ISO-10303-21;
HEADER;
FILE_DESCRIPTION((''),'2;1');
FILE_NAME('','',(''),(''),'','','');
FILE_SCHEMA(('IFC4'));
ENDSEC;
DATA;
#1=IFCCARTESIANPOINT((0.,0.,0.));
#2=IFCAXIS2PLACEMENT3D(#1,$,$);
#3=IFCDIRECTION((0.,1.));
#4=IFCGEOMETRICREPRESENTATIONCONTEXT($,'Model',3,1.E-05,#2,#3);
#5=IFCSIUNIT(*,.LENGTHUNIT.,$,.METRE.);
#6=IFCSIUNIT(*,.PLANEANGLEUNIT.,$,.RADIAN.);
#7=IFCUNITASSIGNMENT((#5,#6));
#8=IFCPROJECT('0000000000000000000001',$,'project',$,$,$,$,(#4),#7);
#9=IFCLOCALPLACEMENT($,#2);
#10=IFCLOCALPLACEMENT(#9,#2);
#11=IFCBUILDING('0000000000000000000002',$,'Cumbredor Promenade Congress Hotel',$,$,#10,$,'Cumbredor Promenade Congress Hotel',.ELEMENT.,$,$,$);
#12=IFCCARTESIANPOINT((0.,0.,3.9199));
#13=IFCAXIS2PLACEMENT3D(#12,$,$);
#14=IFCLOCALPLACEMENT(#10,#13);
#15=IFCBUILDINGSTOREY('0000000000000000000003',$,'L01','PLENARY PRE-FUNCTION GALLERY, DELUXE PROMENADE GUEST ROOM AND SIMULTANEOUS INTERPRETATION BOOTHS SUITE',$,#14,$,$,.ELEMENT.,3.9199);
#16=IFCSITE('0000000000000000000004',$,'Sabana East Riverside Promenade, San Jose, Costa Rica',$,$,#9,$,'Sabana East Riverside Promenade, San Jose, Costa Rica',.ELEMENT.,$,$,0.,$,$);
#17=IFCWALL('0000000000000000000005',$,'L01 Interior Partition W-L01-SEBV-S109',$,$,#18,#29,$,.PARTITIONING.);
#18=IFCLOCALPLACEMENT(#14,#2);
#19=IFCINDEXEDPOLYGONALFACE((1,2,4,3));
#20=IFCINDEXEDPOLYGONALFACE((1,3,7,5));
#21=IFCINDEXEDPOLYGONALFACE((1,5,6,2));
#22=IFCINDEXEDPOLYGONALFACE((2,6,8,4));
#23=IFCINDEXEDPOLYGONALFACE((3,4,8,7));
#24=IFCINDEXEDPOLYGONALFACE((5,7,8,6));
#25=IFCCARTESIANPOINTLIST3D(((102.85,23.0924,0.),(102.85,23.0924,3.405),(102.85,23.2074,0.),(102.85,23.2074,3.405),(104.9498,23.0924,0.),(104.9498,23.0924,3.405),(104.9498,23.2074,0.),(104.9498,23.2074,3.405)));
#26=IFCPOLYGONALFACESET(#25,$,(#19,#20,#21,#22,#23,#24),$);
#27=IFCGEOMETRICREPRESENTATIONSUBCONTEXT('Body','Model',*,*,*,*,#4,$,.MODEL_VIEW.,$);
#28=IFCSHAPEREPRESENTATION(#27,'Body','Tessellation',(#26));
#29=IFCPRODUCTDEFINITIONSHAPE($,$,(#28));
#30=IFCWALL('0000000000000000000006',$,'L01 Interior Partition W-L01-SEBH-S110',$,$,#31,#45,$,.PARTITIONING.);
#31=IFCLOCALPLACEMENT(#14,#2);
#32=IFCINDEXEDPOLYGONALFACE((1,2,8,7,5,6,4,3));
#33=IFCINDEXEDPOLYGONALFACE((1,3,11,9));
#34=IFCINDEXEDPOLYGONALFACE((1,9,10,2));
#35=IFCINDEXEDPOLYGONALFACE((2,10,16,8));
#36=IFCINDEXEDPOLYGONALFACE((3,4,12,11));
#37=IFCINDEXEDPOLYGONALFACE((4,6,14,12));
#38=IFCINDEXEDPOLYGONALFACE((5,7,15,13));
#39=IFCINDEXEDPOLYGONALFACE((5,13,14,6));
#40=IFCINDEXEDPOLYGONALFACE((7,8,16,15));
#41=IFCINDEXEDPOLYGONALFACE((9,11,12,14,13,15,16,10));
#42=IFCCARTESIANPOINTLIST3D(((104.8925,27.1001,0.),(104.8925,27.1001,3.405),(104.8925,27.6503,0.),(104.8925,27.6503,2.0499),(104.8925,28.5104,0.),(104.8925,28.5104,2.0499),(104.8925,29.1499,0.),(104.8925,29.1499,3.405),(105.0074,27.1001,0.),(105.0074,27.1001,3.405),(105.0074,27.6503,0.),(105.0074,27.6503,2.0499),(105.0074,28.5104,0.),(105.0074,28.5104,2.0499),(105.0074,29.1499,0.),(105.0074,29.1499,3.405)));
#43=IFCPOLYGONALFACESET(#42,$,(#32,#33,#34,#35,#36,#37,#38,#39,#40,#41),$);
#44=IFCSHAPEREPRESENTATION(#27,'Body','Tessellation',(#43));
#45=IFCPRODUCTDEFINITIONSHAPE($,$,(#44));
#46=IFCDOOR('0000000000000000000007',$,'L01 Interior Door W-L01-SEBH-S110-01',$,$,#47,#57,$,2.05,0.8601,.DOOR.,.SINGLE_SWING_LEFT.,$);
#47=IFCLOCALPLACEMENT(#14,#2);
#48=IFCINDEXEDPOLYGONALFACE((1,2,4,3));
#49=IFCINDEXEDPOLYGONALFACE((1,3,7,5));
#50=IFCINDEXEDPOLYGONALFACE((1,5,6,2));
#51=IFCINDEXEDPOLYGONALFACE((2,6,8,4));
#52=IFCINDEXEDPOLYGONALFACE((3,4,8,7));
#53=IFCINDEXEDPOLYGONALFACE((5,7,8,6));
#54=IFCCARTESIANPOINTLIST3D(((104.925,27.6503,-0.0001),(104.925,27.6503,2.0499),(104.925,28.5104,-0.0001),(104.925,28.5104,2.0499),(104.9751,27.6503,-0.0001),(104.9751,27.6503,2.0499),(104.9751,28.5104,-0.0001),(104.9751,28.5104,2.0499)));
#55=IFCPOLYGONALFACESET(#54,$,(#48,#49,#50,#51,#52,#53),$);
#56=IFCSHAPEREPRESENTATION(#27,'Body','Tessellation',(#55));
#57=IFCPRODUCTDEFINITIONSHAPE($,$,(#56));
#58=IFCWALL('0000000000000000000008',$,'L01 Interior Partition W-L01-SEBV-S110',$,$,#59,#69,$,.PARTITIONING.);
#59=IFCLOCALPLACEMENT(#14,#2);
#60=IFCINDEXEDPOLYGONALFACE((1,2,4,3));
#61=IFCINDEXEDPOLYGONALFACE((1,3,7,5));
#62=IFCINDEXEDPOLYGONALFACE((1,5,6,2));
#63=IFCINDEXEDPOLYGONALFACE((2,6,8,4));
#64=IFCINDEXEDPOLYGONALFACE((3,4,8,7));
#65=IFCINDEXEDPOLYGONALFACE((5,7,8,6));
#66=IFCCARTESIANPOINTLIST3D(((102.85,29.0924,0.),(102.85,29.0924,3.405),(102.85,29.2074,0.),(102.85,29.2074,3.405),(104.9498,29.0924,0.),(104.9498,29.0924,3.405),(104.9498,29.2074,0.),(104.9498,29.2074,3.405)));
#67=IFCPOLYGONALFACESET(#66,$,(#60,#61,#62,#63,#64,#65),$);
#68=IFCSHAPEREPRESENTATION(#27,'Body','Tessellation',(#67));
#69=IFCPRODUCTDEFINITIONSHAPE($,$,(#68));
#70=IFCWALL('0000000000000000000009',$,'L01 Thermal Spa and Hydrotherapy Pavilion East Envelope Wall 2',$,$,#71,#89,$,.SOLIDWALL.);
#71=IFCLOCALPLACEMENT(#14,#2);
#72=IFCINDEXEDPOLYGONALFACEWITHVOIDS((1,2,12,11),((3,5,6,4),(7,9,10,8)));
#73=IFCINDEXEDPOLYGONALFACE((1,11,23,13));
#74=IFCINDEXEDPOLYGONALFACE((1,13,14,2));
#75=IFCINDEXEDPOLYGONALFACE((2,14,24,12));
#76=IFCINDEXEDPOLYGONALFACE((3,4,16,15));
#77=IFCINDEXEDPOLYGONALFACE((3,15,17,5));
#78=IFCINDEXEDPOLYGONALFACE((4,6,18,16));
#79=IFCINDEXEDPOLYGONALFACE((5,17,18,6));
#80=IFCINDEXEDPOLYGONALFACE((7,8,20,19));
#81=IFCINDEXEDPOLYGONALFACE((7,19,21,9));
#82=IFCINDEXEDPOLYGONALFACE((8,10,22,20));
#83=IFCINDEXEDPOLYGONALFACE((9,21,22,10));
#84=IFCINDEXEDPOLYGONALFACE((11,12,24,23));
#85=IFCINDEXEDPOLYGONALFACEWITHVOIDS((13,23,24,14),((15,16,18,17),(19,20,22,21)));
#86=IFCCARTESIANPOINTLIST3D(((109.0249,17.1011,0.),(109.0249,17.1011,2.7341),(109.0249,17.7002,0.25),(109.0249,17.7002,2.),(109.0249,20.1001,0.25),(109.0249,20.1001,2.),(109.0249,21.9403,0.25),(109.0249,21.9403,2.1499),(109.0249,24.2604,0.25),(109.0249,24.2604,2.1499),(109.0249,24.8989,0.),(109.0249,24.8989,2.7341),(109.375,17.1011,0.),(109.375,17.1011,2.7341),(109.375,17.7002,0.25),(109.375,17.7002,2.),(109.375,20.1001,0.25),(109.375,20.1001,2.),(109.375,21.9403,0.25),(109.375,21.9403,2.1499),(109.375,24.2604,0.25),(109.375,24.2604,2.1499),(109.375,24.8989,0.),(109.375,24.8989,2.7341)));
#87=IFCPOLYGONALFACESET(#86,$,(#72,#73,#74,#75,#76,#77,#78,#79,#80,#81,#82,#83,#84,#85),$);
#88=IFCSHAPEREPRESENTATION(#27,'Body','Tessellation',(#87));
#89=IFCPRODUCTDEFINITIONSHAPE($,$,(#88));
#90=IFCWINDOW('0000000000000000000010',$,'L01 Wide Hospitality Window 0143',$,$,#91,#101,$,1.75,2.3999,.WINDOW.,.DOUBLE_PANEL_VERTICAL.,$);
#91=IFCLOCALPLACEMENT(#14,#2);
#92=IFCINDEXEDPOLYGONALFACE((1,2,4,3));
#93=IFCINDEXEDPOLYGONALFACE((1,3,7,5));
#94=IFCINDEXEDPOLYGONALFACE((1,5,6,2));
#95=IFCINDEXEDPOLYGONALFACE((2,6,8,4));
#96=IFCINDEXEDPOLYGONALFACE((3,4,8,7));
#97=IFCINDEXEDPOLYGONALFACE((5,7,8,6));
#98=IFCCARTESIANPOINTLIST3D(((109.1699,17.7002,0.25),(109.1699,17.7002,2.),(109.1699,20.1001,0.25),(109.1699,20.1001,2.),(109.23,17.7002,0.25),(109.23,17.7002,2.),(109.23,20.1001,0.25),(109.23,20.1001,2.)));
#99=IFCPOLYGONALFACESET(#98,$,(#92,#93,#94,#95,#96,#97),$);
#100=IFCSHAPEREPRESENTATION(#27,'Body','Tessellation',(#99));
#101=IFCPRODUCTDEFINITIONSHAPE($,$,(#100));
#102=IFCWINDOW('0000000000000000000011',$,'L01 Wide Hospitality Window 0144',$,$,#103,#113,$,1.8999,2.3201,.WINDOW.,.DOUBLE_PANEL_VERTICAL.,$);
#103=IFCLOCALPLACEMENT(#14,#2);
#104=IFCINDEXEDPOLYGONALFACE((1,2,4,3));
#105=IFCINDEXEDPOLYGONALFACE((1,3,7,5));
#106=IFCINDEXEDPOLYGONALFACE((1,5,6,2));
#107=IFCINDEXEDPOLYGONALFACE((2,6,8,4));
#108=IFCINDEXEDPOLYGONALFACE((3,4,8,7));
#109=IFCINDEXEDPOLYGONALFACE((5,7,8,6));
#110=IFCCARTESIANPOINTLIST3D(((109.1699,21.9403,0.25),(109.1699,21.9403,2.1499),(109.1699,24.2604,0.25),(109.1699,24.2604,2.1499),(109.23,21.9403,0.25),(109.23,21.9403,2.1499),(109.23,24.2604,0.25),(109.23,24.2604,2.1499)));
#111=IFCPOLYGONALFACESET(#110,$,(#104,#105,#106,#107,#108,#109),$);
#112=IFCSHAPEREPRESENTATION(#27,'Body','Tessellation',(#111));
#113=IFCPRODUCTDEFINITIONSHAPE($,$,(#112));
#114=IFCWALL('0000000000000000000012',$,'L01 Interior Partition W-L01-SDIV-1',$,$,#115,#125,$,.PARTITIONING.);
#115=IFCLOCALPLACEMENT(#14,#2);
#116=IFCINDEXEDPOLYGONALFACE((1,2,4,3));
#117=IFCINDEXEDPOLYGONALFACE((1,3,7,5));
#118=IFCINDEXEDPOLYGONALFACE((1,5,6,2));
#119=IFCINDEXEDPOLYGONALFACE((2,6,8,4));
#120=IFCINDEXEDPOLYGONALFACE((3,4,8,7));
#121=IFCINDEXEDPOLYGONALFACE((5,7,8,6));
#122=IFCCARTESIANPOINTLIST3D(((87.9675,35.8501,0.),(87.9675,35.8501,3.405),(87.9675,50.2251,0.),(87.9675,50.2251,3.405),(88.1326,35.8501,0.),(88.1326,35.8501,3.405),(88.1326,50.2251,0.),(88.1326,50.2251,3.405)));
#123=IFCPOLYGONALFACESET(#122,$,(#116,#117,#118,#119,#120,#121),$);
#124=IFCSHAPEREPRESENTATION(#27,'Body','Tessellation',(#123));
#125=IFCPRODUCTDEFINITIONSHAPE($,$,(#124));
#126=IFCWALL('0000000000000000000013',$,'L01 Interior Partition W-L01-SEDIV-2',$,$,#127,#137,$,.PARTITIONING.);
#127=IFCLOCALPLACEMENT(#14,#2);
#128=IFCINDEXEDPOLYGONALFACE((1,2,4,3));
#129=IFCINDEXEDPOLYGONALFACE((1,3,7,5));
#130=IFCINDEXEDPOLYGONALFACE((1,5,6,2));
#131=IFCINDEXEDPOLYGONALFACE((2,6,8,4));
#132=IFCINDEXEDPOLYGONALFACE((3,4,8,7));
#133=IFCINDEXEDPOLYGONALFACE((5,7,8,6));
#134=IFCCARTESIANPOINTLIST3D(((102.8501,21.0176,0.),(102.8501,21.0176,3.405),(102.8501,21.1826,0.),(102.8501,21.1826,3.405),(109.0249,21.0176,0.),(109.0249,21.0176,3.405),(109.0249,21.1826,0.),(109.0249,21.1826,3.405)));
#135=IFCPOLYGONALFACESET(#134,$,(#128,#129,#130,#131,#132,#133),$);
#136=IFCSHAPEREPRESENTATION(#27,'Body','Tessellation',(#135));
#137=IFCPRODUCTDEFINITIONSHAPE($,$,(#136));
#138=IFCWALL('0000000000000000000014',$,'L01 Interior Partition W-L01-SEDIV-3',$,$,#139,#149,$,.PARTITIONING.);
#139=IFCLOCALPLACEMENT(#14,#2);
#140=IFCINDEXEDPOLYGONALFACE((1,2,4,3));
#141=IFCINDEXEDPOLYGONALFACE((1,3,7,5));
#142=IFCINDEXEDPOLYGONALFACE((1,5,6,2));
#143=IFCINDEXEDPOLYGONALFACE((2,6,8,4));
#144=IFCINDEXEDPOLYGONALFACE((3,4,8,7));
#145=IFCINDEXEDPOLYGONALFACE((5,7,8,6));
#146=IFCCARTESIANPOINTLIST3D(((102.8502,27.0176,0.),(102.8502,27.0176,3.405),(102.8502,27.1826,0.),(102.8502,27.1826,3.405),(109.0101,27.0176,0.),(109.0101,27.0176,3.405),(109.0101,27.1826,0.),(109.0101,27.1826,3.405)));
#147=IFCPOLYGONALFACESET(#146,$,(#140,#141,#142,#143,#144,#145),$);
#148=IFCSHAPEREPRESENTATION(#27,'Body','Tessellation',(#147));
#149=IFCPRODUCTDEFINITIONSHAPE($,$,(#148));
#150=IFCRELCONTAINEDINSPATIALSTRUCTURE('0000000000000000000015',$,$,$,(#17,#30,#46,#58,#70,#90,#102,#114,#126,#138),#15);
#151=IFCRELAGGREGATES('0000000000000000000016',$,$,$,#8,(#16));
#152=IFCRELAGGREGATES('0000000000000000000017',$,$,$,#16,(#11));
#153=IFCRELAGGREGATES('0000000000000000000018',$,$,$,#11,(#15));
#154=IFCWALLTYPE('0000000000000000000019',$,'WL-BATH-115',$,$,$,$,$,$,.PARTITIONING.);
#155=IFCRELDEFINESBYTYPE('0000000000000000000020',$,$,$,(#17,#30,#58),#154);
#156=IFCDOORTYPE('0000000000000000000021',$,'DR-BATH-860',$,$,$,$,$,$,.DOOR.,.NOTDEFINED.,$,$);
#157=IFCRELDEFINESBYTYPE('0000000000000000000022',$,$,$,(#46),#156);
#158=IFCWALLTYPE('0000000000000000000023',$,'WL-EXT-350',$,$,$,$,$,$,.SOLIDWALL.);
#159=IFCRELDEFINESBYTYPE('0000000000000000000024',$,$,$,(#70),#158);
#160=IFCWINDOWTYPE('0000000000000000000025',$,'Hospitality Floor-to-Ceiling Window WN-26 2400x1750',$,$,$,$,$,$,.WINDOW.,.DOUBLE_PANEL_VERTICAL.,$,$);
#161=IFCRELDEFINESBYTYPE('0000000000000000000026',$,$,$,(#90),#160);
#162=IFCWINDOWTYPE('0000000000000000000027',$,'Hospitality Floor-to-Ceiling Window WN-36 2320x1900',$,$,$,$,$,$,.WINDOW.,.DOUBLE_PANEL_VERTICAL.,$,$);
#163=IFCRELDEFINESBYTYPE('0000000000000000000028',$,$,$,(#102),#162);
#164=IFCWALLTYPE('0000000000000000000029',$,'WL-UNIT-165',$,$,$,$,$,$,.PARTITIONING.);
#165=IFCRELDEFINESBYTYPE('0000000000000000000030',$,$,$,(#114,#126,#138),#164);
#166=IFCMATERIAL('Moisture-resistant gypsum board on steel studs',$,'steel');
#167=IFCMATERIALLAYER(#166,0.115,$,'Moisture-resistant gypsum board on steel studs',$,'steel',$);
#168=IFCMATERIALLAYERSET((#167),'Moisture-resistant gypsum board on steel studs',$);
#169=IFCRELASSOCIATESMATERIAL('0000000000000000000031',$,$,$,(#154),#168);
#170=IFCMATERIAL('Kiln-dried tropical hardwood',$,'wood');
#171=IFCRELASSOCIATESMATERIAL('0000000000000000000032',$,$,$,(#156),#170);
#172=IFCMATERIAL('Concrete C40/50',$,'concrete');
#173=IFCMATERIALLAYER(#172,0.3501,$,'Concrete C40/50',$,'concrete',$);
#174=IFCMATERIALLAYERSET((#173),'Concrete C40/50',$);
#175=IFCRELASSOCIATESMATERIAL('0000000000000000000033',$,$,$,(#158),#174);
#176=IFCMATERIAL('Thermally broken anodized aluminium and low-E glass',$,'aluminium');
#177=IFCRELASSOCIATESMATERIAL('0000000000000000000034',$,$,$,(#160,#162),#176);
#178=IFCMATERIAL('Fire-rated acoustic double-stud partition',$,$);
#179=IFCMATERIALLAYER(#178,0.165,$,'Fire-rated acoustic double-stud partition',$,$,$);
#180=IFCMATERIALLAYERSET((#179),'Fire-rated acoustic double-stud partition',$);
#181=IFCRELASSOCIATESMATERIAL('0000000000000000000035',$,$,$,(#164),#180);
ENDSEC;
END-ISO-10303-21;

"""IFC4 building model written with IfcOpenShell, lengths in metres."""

from ifc_helpers import new_model, si_unit, direction, frame, frame_2d, origin, place, context, subcontext, project, spatial, rectangle, extrude, material, layer, layer_set, type_object, element, fill, save


model = new_model("IFC4")

# Units and contexts
model_context = context("Model", 3, precision=1e-05, world=origin(), true_north=direction((0.0, 1.0)))
body_context = subcontext(model_context, "Body", "Model", "MODEL_VIEW")
ifc_project = project(units=[si_unit("LENGTHUNIT", "METRE"), si_unit("PLANEANGLEUNIT", "RADIAN")], contexts=[model_context])

# Site, building, storey
site_placement = place(None, origin())
site = spatial("IfcSite", under=ifc_project, at=site_placement, Name="Sabana East Riverside Promenade, San Jose, Costa Rica", LongName="Sabana East Riverside Promenade, San Jose, Costa Rica", CompositionType="ELEMENT", RefElevation=0.0)
building_placement = place(site_placement, origin())
building = spatial("IfcBuilding", under=site, at=building_placement, Name="Cumbredor Promenade Congress Hotel", LongName="Cumbredor Promenade Congress Hotel", CompositionType="ELEMENT")
storey_placement = place(building_placement, frame((0.0, 0.0, 3.9199)))
storey = spatial("IfcBuildingStorey", under=building, at=storey_placement, Name="L01", Description="PLENARY PRE-FUNCTION GALLERY, DELUXE PROMENADE GUEST ROOM AND SIMULTANEOUS INTERPRETATION BOOTHS SUITE", CompositionType="ELEMENT", Elevation=3.9199)

# Shared definitions
ifc_material_1 = material(Name="Concrete C40/50", Category="concrete")

# Shared definitions
ifc_material_2 = material(Name="Moisture-resistant gypsum board on steel studs", Category="steel")
ifc_layer_1 = layer(ifc_material_2, 0.115, Name="Moisture-resistant gypsum board on steel studs", Category="steel")
ifc_layer_set_1 = layer_set([ifc_layer_1], Name="Moisture-resistant gypsum board on steel studs")
wall_type_1 = type_object("IfcWallType", Name="WL-BATH-115", PredefinedType="PARTITIONING", material=ifc_layer_set_1)

# Shared definitions
ifc_material_3 = material(Name="Kiln-dried tropical hardwood", Category="wood")
door_type_1 = type_object("IfcDoorType", Name="DR-BATH-860", OperationType="NOTDEFINED", PredefinedType="DOOR", material=ifc_material_3)

# Wall
wall_1_placement = place(storey_placement, frame((102.8501, 23.1499, 0.0), z_axis=(0.0, 0.0, 1.0), x_axis=(1.0, 0.0, 0.0)))
element("IfcWall", 1, at=wall_1_placement, inside=storey, type_object=wall_type_1, Name="L01 Interior Partition W-L01-SEBV-S109", PredefinedType="PARTITIONING", context=body_context, shape_type="SweptSolid", body=[
    extrude(rectangle(XDim=2.0999, YDim=0.115, at=frame_2d((1.0498, 0.0))), origin(), (0.0, 0.0, 1.0), 3.405),
])

# Wall, opening, door
wall_2_placement = place(storey_placement, frame((104.95, 27.1001, 0.0), z_axis=(0.0, 0.0, 1.0), x_axis=(0.0, 1.0, 0.0)))
wall_2 = element("IfcWall", 2, at=wall_2_placement, inside=storey, type_object=wall_type_1, Name="L01 Interior Partition W-L01-SEBH-S110", PredefinedType="PARTITIONING", context=body_context, shape_type="SweptSolid", body=[
    extrude(rectangle(XDim=2.0498, YDim=0.115, at=frame_2d((1.0249, 0.0))), origin(), (0.0, 0.0, 1.0), 3.405),
])
opening_1_placement = place(wall_2_placement, frame((0.55, 0.0, 0.0)))
opening_1 = element("IfcOpeningElement", 3, at=opening_1_placement, cuts=wall_2, PredefinedType="OPENING", context=body_context, shape_type="SweptSolid", body=[
    extrude(rectangle(XDim=0.8601, YDim=2.05, at=frame_2d((0.4302, 1.0249))), frame((0.0, 0.0674, 0.0), z_axis=(0.0, -1.0, 0.0), x_axis=(1.0, 0.0, 0.0)), (0.0, 0.0, 1.0), 0.135),
])
door_1_placement = place(opening_1_placement, origin())
door_1 = element("IfcDoor", 4, at=door_1_placement, inside=storey, type_object=door_type_1, Name="L01 Interior Door W-L01-SEBH-S110-01", OperationType="SINGLE_SWING_LEFT", OverallHeight=2.05, OverallWidth=0.8601, PredefinedType="DOOR", context=body_context, shape_type="SweptSolid", body=[
    extrude(rectangle(XDim=0.8601, YDim=2.05, at=frame_2d((0.4302, 1.0249))), frame((0.0, 0.0249, 0.0), z_axis=(0.0, -1.0, 0.0), x_axis=(1.0, 0.0, 0.0)), (0.0, 0.0, 1.0), 0.05),
])
fill(opening_1, door_1)

# Wall
wall_3_placement = place(storey_placement, frame((102.8501, 29.1499, 0.0), z_axis=(0.0, 0.0, 1.0), x_axis=(1.0, 0.0, 0.0)))
element("IfcWall", 5, at=wall_3_placement, inside=storey, type_object=wall_type_1, Name="L01 Interior Partition W-L01-SEBV-S110", PredefinedType="PARTITIONING", context=body_context, shape_type="SweptSolid", body=[
    extrude(rectangle(XDim=2.0999, YDim=0.115, at=frame_2d((1.0498, 0.0))), origin(), (0.0, 0.0, 1.0), 3.405),
])

# Wall, openings, windows
ifc_layer_2 = layer(ifc_material_1, 0.3501, Name="Concrete C40/50", Category="concrete")
ifc_layer_set_2 = layer_set([ifc_layer_2], Name="Concrete C40/50")
wall_type_2 = type_object("IfcWallType", Name="WL-EXT-350", PredefinedType="SOLIDWALL", material=ifc_layer_set_2)
wall_4_placement = place(storey_placement, frame((109.2, 17.1011, 0.0), z_axis=(0.0, 0.0, 1.0), x_axis=(0.0, 1.0, 0.0)))
wall_4 = element("IfcWall", 6, at=wall_4_placement, inside=storey, type_object=wall_type_2, Name="L01 Thermal Spa and Hydrotherapy Pavilion East Envelope Wall 2", PredefinedType="SOLIDWALL", context=body_context, shape_type="SweptSolid", body=[
    extrude(rectangle(XDim=7.7979, YDim=0.3501, at=frame_2d((3.8989, 0.0))), origin(), (0.0, 0.0, 1.0), 2.7341),
])
opening_2_placement = place(wall_4_placement, frame((0.5991, 0.0, 0.25)))
opening_2 = element("IfcOpeningElement", 7, at=opening_2_placement, cuts=wall_4, PredefinedType="OPENING", context=body_context, shape_type="SweptSolid", body=[
    extrude(rectangle(XDim=2.3999, YDim=1.75, at=frame_2d((1.2, 0.875))), frame((0.0, 0.1851, 0.0), z_axis=(0.0, -1.0, 0.0), x_axis=(1.0, 0.0, 0.0)), (0.0, 0.0, 1.0), 0.3701),
])
opening_3_placement = place(wall_4_placement, frame((4.8391, 0.0, 0.25)))
opening_3 = element("IfcOpeningElement", 8, at=opening_3_placement, cuts=wall_4, PredefinedType="OPENING", context=body_context, shape_type="SweptSolid", body=[
    extrude(rectangle(XDim=2.3201, YDim=1.8999, at=frame_2d((1.1602, 0.95))), frame((0.0, 0.1851, 0.0), z_axis=(0.0, -1.0, 0.0), x_axis=(1.0, 0.0, 0.0)), (0.0, 0.0, 1.0), 0.3701),
])
ifc_material_4 = material(Name="Thermally broken anodized aluminium and low-E glass", Category="aluminium")
window_type_1 = type_object("IfcWindowType", Name="Hospitality Floor-to-Ceiling Window WN-26 2400x1750", PartitioningType="DOUBLE_PANEL_VERTICAL", PredefinedType="WINDOW", material=ifc_material_4)
window_1_placement = place(opening_2_placement, origin())
window_1 = element("IfcWindow", 9, at=window_1_placement, inside=storey, type_object=window_type_1, Name="L01 Wide Hospitality Window 0143", OverallHeight=1.75, OverallWidth=2.3999, PartitioningType="DOUBLE_PANEL_VERTICAL", PredefinedType="WINDOW", context=body_context, shape_type="SweptSolid", body=[
    extrude(rectangle(XDim=2.3999, YDim=1.75, at=frame_2d((1.2, 0.875))), frame((0.0, 0.03, 0.0), z_axis=(0.0, -1.0, 0.0), x_axis=(1.0, 0.0, 0.0)), (0.0, 0.0, 1.0), 0.0601),
])
fill(opening_2, window_1)
window_type_2 = type_object("IfcWindowType", Name="Hospitality Floor-to-Ceiling Window WN-36 2320x1900", PartitioningType="DOUBLE_PANEL_VERTICAL", PredefinedType="WINDOW", material=ifc_material_4)
window_2_placement = place(opening_3_placement, origin())
window_2 = element("IfcWindow", 10, at=window_2_placement, inside=storey, type_object=window_type_2, Name="L01 Wide Hospitality Window 0144", OverallHeight=1.8999, OverallWidth=2.3201, PartitioningType="DOUBLE_PANEL_VERTICAL", PredefinedType="WINDOW", context=body_context, shape_type="SweptSolid", body=[
    extrude(rectangle(XDim=2.3201, YDim=1.8999, at=frame_2d((1.1602, 0.95))), frame((0.0, 0.03, 0.0), z_axis=(0.0, -1.0, 0.0), x_axis=(1.0, 0.0, 0.0)), (0.0, 0.0, 1.0), 0.0601),
])
fill(opening_3, window_2)

# Walls
ifc_material_5 = material(Name="Fire-rated acoustic double-stud partition")
ifc_layer_3 = layer(ifc_material_5, 0.165, Name="Fire-rated acoustic double-stud partition")
ifc_layer_set_3 = layer_set([ifc_layer_3], Name="Fire-rated acoustic double-stud partition")
wall_type_3 = type_object("IfcWallType", Name="WL-UNIT-165", PredefinedType="PARTITIONING", material=ifc_layer_set_3)
wall_5_placement = place(storey_placement, frame((88.05, 35.8501, 0.0), z_axis=(0.0, 0.0, 1.0), x_axis=(0.0, 1.0, 0.0)))
element("IfcWall", 11, at=wall_5_placement, inside=storey, type_object=wall_type_3, Name="L01 Interior Partition W-L01-SDIV-1", PredefinedType="PARTITIONING", context=body_context, shape_type="SweptSolid", body=[
    extrude(rectangle(XDim=14.375, YDim=0.165, at=frame_2d((7.1875, 0.0))), origin(), (0.0, 0.0, 1.0), 3.405),
])
wall_6_placement = place(storey_placement, frame((102.8501, 21.1001, 0.0), z_axis=(0.0, 0.0, 1.0), x_axis=(1.0, 0.0, 0.0)))
element("IfcWall", 12, at=wall_6_placement, inside=storey, type_object=wall_type_3, Name="L01 Interior Partition W-L01-SEDIV-2", PredefinedType="PARTITIONING", context=body_context, shape_type="SweptSolid", body=[
    extrude(rectangle(XDim=6.1748, YDim=0.165, at=frame_2d((3.0874, 0.0))), origin(), (0.0, 0.0, 1.0), 3.405),
])
wall_7_placement = place(storey_placement, frame((102.8501, 27.1001, 0.0), z_axis=(0.0, 0.0, 1.0), x_axis=(1.0, 0.0, 0.0)))
element("IfcWall", 13, at=wall_7_placement, inside=storey, type_object=wall_type_3, Name="L01 Interior Partition W-L01-SEDIV-3", PredefinedType="PARTITIONING", context=body_context, shape_type="SweptSolid", body=[
    extrude(rectangle(XDim=6.1599, YDim=0.165, at=frame_2d((3.0801, 0.0))), origin(), (0.0, 0.0, 1.0), 3.405),
])

save(model, "model.ifc")
